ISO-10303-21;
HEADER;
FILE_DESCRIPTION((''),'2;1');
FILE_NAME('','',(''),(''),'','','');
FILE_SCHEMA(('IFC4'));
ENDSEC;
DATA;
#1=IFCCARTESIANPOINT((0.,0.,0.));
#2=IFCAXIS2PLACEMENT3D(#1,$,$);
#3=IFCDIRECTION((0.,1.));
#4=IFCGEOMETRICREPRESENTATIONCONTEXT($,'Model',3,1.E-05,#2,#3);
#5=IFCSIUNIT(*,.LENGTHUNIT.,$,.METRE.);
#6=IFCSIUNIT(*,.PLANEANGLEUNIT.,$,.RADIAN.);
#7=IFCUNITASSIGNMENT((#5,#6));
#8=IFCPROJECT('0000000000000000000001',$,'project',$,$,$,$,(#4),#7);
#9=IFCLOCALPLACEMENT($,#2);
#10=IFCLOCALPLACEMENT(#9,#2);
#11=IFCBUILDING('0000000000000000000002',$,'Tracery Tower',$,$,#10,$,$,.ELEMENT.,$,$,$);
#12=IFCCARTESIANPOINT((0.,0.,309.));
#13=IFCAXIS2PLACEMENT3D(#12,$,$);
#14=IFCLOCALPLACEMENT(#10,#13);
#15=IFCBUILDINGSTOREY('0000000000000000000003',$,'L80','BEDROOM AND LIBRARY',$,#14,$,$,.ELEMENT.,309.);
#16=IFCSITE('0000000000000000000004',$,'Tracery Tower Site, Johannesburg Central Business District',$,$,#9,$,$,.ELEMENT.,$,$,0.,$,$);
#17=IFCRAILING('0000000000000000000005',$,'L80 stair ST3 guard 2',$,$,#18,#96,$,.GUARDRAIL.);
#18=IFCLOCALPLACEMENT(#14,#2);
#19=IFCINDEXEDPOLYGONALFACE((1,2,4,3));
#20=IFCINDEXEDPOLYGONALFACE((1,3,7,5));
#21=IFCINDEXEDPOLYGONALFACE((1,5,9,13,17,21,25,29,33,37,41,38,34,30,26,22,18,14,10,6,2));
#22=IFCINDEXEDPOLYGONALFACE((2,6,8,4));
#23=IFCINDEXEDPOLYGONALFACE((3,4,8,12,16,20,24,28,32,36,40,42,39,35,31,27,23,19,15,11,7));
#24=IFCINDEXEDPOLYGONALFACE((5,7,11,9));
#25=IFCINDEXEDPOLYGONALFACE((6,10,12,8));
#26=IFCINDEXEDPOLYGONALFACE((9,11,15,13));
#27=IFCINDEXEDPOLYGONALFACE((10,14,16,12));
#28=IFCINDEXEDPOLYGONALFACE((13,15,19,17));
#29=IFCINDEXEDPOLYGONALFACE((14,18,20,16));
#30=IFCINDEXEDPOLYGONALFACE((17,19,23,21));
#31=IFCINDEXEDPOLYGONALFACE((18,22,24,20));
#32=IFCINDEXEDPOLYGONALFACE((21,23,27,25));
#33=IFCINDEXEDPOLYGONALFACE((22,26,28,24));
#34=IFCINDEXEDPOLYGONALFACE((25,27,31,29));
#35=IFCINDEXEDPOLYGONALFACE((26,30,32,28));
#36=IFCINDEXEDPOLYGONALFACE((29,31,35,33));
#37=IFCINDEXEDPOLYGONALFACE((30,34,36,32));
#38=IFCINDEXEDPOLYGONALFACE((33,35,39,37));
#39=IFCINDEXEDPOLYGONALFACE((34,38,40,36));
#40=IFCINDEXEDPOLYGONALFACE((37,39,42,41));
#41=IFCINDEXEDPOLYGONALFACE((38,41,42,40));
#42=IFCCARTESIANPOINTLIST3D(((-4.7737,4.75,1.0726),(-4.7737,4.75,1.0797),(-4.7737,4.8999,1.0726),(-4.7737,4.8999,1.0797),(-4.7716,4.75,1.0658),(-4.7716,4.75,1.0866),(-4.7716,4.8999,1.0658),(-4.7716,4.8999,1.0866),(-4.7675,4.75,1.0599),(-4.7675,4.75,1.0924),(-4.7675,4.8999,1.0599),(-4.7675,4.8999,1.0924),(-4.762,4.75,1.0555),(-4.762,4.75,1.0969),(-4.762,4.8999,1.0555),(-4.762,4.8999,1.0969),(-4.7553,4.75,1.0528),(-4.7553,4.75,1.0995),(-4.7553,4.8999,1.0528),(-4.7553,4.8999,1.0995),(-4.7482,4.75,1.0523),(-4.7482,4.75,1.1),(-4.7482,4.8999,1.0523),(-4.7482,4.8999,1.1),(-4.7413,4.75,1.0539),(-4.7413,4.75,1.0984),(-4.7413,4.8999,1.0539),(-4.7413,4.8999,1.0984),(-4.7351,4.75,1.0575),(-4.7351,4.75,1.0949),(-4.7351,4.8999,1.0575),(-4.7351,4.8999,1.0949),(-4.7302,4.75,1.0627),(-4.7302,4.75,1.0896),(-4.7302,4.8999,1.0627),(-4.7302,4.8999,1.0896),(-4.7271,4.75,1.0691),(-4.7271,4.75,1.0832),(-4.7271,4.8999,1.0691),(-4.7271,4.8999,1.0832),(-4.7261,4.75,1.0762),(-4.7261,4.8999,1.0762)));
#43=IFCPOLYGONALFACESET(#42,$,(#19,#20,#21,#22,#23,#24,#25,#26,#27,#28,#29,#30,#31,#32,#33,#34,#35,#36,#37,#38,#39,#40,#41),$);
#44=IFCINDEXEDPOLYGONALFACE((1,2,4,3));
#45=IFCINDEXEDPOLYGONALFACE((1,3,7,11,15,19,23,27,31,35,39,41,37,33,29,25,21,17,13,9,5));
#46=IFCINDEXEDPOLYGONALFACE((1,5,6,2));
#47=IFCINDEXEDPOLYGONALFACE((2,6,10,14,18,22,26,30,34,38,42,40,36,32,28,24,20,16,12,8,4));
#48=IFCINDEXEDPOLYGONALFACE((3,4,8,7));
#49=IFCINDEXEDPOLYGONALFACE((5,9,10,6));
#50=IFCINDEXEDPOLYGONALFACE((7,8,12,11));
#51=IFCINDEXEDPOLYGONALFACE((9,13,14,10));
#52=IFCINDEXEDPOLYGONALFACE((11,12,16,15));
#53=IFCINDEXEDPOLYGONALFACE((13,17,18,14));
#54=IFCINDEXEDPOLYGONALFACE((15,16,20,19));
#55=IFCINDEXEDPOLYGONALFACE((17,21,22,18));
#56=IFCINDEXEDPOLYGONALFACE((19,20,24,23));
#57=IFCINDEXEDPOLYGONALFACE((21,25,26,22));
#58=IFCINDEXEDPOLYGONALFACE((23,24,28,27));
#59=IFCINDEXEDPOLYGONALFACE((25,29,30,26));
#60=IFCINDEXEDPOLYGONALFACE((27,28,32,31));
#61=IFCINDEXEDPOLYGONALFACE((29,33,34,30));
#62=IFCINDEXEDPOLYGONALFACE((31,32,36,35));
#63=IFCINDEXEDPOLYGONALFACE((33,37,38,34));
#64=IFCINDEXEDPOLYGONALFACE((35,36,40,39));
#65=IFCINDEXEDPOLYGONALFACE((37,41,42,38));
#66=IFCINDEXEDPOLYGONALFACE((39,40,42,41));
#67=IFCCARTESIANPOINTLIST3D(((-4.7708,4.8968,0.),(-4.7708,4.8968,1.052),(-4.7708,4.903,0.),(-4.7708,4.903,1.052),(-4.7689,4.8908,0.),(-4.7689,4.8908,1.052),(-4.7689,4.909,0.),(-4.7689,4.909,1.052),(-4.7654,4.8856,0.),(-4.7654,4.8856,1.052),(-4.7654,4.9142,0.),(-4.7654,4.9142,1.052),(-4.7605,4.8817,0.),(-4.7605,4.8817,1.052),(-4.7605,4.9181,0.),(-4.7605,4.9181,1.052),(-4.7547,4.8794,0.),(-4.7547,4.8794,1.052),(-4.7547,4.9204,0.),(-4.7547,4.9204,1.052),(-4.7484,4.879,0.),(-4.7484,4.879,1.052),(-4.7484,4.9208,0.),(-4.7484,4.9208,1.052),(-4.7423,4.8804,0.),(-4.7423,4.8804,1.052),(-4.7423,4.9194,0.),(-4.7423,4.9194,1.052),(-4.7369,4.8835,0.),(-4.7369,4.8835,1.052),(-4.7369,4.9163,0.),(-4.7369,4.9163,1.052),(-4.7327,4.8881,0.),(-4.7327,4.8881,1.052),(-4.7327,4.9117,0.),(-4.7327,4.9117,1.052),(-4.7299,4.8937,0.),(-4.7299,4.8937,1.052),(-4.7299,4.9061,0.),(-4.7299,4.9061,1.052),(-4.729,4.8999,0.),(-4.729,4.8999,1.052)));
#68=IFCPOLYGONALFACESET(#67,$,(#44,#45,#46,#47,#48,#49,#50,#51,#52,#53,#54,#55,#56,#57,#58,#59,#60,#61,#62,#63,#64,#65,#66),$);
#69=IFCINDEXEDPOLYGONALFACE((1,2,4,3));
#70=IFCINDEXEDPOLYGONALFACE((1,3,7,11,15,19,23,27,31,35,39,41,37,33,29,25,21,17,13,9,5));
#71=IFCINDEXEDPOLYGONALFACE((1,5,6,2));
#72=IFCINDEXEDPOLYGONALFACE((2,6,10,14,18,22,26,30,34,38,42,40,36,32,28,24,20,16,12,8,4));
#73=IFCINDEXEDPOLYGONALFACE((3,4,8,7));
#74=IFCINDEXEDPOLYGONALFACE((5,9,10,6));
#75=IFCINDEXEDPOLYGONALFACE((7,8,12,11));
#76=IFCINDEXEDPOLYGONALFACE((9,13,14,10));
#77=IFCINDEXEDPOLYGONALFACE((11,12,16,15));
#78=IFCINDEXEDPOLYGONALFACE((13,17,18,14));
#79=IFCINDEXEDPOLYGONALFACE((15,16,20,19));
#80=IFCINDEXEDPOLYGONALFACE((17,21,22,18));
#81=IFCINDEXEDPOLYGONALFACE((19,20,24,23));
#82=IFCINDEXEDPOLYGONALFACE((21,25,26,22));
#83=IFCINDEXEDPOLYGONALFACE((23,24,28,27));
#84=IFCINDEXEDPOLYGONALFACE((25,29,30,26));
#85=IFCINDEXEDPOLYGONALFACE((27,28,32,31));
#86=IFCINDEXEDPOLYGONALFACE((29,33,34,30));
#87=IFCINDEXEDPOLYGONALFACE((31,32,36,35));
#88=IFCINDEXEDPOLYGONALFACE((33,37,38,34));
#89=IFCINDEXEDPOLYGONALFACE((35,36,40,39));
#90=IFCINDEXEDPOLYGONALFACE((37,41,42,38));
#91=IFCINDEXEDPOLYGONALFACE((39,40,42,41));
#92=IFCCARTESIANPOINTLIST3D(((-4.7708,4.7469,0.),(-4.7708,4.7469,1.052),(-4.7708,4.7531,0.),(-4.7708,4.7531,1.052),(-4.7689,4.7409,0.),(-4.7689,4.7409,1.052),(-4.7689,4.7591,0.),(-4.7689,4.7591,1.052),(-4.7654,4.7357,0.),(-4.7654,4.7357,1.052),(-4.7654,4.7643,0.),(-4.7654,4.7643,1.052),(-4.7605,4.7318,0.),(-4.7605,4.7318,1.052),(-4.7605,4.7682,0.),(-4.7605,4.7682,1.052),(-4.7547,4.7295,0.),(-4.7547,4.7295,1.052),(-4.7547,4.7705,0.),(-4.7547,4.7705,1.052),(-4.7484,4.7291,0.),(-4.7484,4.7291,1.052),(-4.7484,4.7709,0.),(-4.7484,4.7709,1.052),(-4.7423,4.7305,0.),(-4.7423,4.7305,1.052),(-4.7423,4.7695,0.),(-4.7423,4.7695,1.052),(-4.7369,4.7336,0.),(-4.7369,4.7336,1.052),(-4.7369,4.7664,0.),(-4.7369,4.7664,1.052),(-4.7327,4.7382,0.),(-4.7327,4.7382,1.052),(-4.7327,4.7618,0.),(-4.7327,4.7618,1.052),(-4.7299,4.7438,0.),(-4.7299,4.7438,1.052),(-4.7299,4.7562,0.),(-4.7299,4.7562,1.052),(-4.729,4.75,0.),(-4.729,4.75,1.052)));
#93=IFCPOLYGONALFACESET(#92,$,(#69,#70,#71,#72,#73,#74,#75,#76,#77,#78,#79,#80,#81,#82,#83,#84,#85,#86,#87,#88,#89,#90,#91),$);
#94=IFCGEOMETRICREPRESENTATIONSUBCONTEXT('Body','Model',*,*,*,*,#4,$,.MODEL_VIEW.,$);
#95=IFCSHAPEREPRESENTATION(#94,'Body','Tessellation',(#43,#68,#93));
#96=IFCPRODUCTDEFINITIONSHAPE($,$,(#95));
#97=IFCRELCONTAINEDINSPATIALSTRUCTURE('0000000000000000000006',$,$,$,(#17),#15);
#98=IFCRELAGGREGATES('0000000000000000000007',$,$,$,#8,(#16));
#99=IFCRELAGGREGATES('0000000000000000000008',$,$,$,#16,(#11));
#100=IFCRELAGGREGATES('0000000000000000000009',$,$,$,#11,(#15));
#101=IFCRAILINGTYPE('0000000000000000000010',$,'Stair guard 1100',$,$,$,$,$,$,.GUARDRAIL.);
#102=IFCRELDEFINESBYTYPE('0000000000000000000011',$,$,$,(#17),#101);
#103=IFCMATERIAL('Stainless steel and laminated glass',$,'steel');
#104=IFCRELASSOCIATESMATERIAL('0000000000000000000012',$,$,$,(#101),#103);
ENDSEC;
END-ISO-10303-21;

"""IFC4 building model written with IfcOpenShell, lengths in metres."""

from ifc_helpers import new_model, si_unit, direction, frame, origin, origin_2d, place, context, subcontext, project, spatial, circle, extrude, material, type_object, element, save


model = new_model("IFC4")

# Units and contexts
model_context = context("Model", 3, precision=1e-05, world=origin(), true_north=direction((0.0, 1.0)))
body_context = subcontext(model_context, "Body", "Model", "MODEL_VIEW")
ifc_project = project(units=[si_unit("LENGTHUNIT", "METRE"), si_unit("PLANEANGLEUNIT", "RADIAN")], contexts=[model_context])

# Site, building, storey
site_placement = place(None, origin())
site = spatial("IfcSite", under=ifc_project, at=site_placement, Name="Tracery Tower Site, Johannesburg Central Business District", CompositionType="ELEMENT", RefElevation=0.0)
building_placement = place(site_placement, origin())
building = spatial("IfcBuilding", under=site, at=building_placement, Name="Tracery Tower", CompositionType="ELEMENT")
storey_placement = place(building_placement, frame((0.0, 0.0, 309.0)))
storey = spatial("IfcBuildingStorey", under=building, at=storey_placement, Name="L80", Description="BEDROOM AND LIBRARY", CompositionType="ELEMENT", Elevation=309.0)

# Railing
ifc_material_1 = material(Name="Stainless steel and laminated glass", Category="steel")
railing_type_1 = type_object("IfcRailingType", Name="Stair guard 1100", PredefinedType="GUARDRAIL", material=ifc_material_1)
railing_1_placement = place(storey_placement, frame((-4.75, 4.8999, 0.0)))
element("IfcRailing", 1, at=railing_1_placement, inside=storey, type_object=railing_type_1, Name="L80 stair ST3 guard 2", PredefinedType="GUARDRAIL", context=body_context, shape_type="SweptSolid", body=[
    extrude(circle(Radius=0.0239, at=origin_2d()), frame((0.0, 0.0, 1.0762), z_axis=(0.0, -1.0, 0.0), x_axis=(1.0, 0.0, 0.0)), (0.0, 0.0, 1.0), 0.1499),
    extrude(circle(Radius=0.021, at=origin_2d()), origin(), (0.0, 0.0, 1.0), 1.052),
    extrude(circle(Radius=0.021, at=origin_2d()), frame((0.0, -0.1499, 0.0)), (0.0, 0.0, 1.0), 1.052),
])

save(model, "model.ifc")
